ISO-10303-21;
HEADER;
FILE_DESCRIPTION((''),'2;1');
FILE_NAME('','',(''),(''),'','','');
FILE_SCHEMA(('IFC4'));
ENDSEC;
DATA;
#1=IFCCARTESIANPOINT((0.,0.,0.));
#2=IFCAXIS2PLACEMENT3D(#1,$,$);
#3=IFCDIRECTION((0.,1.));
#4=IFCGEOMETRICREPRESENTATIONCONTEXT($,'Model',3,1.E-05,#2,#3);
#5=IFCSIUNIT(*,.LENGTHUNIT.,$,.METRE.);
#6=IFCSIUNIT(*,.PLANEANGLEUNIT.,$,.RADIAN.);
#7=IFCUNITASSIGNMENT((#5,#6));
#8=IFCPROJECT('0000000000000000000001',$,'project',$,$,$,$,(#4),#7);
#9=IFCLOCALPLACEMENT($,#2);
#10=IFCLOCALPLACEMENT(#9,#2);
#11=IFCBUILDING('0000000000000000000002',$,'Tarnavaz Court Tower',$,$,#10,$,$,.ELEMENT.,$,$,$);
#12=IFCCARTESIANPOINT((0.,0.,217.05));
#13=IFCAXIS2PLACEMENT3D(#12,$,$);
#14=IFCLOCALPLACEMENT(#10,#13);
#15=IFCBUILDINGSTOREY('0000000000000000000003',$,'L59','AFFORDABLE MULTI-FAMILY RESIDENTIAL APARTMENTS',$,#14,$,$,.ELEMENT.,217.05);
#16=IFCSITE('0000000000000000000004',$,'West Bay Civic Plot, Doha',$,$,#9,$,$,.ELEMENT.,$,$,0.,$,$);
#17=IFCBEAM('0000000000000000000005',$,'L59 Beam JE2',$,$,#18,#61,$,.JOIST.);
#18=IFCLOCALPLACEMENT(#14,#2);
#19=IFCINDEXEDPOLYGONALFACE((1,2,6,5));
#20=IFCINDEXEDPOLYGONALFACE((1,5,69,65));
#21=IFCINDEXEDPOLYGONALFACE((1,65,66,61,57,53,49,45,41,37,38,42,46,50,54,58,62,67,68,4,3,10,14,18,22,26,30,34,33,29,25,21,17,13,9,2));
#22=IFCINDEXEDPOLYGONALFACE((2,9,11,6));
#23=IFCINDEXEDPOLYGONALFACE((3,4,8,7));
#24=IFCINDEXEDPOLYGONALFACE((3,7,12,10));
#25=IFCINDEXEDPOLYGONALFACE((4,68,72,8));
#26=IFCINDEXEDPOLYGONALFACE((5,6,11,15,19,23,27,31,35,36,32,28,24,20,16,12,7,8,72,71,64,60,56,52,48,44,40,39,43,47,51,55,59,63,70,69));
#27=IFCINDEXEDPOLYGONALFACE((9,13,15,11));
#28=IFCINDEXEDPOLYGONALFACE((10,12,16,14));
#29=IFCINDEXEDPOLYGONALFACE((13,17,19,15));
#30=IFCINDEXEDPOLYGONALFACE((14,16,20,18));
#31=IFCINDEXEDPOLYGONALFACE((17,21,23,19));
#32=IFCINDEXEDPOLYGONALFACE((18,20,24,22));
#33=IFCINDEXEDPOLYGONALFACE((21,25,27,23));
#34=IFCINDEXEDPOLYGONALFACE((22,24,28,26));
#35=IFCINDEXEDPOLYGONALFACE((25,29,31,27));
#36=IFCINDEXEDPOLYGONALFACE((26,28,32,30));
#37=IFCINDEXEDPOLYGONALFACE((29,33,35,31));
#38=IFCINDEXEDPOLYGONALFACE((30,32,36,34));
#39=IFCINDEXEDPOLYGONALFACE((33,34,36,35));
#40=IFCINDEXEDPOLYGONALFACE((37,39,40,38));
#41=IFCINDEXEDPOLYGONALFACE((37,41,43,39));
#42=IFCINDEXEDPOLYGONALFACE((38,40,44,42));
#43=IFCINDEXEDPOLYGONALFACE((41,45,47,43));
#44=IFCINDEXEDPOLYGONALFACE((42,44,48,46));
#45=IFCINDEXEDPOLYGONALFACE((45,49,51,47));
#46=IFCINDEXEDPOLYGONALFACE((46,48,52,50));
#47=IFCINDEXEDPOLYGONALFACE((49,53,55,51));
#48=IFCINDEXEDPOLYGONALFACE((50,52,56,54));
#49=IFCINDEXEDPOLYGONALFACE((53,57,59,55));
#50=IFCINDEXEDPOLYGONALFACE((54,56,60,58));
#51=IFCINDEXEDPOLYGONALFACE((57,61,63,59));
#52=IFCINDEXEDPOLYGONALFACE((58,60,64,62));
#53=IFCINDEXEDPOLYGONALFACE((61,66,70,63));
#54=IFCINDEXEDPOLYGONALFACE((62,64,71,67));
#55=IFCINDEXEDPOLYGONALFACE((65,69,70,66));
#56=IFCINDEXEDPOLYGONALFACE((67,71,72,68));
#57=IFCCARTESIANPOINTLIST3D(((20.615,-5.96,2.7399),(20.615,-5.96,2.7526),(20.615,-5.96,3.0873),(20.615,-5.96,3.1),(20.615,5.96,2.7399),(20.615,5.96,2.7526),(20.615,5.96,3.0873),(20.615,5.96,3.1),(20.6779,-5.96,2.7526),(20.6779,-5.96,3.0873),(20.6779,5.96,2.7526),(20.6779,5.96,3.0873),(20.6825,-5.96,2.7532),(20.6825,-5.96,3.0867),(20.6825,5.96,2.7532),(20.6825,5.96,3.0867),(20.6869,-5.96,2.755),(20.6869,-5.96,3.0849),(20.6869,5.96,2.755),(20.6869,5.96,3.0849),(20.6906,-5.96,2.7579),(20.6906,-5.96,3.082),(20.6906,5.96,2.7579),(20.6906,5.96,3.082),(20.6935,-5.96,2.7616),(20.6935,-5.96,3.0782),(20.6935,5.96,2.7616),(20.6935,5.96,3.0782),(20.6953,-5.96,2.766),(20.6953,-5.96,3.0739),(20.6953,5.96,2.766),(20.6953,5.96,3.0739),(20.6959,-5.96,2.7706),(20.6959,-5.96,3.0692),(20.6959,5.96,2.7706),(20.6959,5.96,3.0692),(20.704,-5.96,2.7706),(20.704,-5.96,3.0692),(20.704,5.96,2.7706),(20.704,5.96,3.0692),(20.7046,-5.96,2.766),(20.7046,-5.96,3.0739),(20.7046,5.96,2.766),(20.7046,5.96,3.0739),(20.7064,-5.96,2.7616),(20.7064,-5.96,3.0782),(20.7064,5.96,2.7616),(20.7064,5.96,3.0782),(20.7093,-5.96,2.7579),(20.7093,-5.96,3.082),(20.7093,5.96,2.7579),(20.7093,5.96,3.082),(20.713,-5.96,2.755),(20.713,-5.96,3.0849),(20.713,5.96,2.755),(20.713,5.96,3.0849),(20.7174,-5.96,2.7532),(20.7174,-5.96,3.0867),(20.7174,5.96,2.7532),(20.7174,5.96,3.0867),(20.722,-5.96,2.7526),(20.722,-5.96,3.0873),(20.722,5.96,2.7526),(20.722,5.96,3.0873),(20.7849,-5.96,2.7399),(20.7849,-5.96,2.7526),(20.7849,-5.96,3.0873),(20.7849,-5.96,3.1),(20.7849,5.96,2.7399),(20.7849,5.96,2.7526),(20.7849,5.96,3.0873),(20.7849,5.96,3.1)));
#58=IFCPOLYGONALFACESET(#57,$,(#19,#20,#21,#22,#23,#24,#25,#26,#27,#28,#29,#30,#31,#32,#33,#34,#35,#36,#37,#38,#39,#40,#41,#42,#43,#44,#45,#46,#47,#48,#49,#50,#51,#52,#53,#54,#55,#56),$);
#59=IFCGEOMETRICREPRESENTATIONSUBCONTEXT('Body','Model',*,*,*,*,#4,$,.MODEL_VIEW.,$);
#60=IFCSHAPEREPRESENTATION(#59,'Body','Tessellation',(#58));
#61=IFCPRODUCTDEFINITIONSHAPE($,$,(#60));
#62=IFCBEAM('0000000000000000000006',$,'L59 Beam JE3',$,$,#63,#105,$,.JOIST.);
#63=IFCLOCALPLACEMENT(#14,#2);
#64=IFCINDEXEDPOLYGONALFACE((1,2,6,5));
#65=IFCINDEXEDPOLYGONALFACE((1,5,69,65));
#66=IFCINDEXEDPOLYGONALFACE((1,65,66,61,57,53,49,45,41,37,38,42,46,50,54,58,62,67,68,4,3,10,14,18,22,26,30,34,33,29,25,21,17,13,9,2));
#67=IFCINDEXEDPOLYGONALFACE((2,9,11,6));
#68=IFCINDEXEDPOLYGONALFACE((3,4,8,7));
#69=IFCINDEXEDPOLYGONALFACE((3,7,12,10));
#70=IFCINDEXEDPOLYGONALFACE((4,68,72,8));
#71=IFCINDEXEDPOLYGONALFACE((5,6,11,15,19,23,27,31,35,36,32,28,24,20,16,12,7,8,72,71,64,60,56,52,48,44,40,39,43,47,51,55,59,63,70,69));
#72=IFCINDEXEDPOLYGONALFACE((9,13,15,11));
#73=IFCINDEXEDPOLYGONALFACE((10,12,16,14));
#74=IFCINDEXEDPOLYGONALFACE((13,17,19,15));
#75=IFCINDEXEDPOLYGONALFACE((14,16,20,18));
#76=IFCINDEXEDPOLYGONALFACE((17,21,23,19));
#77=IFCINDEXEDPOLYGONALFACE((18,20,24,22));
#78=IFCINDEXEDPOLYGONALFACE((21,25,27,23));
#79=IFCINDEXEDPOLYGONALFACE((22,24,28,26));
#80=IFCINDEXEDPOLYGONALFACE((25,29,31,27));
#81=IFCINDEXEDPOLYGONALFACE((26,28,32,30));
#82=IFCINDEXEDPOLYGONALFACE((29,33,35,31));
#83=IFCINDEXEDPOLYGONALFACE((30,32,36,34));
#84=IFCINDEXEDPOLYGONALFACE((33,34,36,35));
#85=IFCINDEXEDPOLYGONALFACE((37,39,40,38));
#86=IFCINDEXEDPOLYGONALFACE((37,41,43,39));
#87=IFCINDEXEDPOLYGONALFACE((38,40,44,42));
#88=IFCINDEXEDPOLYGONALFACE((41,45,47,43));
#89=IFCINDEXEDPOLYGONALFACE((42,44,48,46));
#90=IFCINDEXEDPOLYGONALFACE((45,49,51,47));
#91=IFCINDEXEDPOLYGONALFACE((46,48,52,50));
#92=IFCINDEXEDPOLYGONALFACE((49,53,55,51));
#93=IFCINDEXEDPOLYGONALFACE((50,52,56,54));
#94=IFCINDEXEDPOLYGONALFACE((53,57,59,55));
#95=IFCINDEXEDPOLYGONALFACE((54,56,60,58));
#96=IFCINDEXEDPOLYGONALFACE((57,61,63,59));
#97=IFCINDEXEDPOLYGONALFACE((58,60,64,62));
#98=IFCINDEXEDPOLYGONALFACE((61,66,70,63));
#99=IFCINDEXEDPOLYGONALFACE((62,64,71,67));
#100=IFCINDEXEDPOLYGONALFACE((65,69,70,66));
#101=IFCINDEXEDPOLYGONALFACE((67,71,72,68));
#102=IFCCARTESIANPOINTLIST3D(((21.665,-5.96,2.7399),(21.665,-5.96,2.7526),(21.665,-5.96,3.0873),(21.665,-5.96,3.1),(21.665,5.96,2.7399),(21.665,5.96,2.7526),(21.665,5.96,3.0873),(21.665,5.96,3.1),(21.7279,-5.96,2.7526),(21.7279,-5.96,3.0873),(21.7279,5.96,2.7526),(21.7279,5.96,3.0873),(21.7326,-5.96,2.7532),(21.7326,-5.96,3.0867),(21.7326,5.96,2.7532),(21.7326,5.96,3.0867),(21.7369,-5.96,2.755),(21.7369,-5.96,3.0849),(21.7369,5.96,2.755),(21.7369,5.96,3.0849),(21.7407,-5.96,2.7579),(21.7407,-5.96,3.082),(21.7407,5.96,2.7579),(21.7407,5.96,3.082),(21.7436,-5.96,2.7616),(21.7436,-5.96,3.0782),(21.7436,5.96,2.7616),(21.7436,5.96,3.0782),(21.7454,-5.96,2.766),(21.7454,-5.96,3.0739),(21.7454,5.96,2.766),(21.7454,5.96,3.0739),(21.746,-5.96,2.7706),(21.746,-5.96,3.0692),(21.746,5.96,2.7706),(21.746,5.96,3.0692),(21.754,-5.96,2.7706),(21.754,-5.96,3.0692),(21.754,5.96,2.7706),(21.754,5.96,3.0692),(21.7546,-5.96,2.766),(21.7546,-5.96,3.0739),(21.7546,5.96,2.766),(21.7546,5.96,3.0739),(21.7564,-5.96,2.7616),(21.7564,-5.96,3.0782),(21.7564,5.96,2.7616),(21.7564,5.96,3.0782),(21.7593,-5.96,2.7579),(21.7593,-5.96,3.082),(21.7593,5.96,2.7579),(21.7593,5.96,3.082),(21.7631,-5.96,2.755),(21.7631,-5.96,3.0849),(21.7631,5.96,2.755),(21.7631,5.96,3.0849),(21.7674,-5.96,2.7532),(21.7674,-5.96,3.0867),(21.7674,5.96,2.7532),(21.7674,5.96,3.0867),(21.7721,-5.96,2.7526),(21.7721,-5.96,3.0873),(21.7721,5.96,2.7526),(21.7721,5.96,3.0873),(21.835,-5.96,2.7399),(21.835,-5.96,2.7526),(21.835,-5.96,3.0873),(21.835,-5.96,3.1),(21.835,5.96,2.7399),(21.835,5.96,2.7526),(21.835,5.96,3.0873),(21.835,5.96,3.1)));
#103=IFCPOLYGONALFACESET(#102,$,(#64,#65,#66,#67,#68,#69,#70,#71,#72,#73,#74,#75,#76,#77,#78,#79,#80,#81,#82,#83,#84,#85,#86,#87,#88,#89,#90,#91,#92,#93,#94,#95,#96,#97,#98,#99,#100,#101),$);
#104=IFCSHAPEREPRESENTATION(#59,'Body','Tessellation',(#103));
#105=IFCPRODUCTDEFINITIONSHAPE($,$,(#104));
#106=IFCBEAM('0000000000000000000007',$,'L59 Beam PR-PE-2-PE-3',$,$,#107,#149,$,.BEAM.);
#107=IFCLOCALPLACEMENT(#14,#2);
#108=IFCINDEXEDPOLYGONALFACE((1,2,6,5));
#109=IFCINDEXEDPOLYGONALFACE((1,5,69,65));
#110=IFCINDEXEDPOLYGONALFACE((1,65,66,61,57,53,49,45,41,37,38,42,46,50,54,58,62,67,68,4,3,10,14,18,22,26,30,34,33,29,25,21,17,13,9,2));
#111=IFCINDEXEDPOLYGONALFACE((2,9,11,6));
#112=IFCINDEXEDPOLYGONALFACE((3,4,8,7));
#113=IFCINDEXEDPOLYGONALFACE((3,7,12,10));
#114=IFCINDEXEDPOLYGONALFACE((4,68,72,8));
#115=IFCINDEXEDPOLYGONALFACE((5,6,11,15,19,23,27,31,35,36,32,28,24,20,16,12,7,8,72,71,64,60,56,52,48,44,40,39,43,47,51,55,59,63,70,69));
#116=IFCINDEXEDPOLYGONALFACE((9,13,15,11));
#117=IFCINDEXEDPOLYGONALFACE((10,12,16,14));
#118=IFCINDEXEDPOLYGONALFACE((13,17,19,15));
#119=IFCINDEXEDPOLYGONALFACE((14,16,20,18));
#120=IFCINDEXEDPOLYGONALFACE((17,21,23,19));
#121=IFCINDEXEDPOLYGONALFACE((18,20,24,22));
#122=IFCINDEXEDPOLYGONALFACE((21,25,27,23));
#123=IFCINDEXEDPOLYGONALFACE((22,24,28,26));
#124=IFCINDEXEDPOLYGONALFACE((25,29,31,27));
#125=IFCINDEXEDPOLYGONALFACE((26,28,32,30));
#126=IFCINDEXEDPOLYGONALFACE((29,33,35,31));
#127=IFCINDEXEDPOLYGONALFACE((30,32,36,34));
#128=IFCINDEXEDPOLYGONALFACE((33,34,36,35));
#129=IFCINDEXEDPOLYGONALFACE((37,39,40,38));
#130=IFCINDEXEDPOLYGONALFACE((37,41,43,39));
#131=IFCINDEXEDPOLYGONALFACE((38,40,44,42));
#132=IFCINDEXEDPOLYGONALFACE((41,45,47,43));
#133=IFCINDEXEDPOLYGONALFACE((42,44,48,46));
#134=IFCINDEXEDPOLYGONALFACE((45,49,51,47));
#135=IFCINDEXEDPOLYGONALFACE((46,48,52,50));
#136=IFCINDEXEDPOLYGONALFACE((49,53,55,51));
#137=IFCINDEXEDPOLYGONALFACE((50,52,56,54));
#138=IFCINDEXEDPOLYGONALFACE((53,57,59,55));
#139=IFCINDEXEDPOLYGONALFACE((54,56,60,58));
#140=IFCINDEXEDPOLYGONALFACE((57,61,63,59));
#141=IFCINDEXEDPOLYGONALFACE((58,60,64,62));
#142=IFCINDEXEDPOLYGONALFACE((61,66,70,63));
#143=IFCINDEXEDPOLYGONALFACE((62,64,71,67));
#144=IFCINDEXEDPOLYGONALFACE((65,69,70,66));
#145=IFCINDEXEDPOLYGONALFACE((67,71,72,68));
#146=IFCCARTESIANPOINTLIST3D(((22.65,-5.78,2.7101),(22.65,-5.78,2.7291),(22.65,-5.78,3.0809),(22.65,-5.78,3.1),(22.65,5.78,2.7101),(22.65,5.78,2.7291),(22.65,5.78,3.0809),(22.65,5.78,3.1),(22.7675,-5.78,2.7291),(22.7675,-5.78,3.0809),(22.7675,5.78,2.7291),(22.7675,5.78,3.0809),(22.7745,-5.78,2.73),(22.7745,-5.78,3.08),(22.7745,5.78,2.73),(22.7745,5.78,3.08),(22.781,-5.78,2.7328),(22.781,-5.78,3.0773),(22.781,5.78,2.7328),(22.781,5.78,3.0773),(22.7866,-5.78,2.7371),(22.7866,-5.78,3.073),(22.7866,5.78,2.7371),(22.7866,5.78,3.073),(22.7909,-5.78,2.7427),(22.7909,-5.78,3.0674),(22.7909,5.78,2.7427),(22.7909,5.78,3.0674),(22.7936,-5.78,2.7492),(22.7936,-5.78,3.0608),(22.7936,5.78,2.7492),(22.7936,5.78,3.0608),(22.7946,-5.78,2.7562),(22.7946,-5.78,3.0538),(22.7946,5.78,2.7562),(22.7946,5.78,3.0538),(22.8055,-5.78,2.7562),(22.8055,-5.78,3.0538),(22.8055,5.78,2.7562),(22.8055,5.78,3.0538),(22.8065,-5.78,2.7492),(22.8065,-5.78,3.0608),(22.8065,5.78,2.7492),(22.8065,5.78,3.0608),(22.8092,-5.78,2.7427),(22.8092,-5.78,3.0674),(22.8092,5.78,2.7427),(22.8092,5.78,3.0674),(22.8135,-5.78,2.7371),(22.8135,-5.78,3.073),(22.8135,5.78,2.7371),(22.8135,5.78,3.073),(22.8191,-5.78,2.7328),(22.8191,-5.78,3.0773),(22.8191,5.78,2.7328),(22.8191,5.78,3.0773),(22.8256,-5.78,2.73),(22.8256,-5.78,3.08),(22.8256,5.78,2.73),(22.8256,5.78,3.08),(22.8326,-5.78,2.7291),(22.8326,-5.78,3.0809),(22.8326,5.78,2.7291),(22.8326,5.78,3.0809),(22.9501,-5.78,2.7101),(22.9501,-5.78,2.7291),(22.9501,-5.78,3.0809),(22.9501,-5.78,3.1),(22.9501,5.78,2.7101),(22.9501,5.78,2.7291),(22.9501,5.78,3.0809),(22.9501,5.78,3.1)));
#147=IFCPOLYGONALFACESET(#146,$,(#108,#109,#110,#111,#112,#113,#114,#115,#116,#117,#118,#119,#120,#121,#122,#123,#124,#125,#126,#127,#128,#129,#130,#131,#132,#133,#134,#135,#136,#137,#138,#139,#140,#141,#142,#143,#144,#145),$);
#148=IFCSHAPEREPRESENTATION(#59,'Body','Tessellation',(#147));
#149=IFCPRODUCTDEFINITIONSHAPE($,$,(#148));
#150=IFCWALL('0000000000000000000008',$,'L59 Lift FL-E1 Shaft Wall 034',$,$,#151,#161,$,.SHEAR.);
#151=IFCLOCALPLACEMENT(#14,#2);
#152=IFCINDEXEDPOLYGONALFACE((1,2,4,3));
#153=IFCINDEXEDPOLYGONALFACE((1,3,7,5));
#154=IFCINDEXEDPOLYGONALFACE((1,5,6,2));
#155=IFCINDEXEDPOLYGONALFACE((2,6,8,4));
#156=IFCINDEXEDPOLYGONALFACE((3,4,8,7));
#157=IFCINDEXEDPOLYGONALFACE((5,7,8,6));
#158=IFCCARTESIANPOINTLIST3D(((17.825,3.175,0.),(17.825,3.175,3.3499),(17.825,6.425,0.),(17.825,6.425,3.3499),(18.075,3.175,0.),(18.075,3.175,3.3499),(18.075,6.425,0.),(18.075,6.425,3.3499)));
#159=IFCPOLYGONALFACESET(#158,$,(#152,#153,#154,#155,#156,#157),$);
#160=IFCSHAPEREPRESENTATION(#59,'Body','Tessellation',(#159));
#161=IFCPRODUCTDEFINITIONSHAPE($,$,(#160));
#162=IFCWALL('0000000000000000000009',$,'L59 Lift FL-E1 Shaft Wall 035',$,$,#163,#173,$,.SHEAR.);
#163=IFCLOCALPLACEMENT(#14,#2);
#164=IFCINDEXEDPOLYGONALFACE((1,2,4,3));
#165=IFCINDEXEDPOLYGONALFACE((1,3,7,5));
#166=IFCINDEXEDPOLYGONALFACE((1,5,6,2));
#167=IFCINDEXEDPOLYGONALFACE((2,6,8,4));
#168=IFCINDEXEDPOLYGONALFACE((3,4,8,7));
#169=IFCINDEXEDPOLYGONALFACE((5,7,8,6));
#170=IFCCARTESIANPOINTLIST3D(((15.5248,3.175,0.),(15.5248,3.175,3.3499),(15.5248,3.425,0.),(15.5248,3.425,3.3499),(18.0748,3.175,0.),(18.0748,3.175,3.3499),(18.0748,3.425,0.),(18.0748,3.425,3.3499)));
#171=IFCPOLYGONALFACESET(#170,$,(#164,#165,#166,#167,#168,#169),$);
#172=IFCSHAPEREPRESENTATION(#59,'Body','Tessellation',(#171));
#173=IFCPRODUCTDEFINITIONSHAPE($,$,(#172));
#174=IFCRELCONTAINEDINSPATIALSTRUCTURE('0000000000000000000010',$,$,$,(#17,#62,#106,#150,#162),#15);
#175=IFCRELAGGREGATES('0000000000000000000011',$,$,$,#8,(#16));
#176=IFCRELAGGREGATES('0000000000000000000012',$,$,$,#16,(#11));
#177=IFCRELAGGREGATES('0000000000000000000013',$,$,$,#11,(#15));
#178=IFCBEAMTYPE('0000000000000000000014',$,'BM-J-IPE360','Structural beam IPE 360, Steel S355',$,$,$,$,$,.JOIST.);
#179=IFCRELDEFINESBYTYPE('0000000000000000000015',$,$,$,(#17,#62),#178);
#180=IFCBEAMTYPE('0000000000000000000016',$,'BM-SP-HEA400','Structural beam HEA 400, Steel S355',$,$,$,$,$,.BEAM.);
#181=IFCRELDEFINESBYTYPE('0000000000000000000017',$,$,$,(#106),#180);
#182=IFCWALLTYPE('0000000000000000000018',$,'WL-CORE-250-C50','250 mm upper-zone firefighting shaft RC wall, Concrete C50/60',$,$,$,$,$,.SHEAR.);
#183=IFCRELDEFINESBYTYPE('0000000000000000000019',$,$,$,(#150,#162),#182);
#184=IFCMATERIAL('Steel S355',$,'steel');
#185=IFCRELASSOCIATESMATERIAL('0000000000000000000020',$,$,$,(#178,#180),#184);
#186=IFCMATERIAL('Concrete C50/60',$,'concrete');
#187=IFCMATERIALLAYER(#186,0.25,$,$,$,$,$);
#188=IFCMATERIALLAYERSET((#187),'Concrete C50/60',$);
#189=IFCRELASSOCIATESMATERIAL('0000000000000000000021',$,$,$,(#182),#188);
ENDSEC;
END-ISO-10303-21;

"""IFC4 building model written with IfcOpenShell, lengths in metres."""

from ifc_helpers import new_model, si_unit, direction, frame, frame_2d, origin, origin_2d, place, context, subcontext, project, spatial, rectangle, i_section, extrude, material, layer, layer_set, material_profile, profile_set, type_object, element, save


model = new_model("IFC4")

# Units and contexts
model_context = context("Model", 3, precision=1e-05, world=origin(), true_north=direction((0.0, 1.0)))
body_context = subcontext(model_context, "Body", "Model", "MODEL_VIEW")
ifc_project = project(units=[si_unit("LENGTHUNIT", "METRE"), si_unit("PLANEANGLEUNIT", "RADIAN")], contexts=[model_context])

# Site, building, storey
site_placement = place(None, origin())
site = spatial("IfcSite", under=ifc_project, at=site_placement, Name="West Bay Civic Plot, Doha", CompositionType="ELEMENT", RefElevation=0.0)
building_placement = place(site_placement, origin())
building = spatial("IfcBuilding", under=site, at=building_placement, Name="Tarnavaz Court Tower", CompositionType="ELEMENT")
storey_placement = place(building_placement, frame((0.0, 0.0, 217.05)))
storey = spatial("IfcBuildingStorey", under=building, at=storey_placement, Name="L59", Description="AFFORDABLE MULTI-FAMILY RESIDENTIAL APARTMENTS", CompositionType="ELEMENT", Elevation=217.05)

# Shared definitions
ifc_material_1 = material(Name="Concrete C50/60", Category="concrete")

# Beams
ifc_material_2 = material(Name="Steel S355", Category="steel")
ifc_material_profile_1 = material_profile(ifc_material_2, i_section(OverallWidth=0.1699, OverallDepth=0.3601, WebThickness=0.0081, FlangeThickness=0.0127, FilletRadius=0.0181, at=origin_2d()), Name="IPE 360")
ifc_profile_set_1 = profile_set([ifc_material_profile_1], Name="Steel S355")
beam_type_1 = type_object("IfcBeamType", Name="BM-J-IPE360", Description="Structural beam IPE 360, Steel S355", PredefinedType="JOIST", material=ifc_profile_set_1)
for number, where, z_axis, x_axis, name in (
    (1, (20.7, -5.96, 2.9199), (0.0, 1.0, 0.0), (-1.0, 0.0, 0.0), "L59 Beam JE2"),
    (2, (21.75, -5.96, 2.9199), (0.0, 1.0, 0.0), (-1.0, 0.0, 0.0), "L59 Beam JE3"),
):
    element("IfcBeam", number, at=place(storey_placement, frame(where, z_axis=z_axis, x_axis=x_axis)), inside=storey, type_object=beam_type_1, Name=name, PredefinedType="JOIST", context=body_context, shape_type="SweptSolid", body=[
        extrude(i_section(OverallWidth=0.1699, OverallDepth=0.3601, WebThickness=0.0081, FlangeThickness=0.0127, FilletRadius=0.0181, at=origin_2d()), origin(), (0.0, 0.0, 1.0), 11.9199),
    ])
ifc_material_profile_2 = material_profile(ifc_material_2, i_section(OverallWidth=0.3, OverallDepth=0.3899, WebThickness=0.011, FlangeThickness=0.019, FilletRadius=0.0271, at=origin_2d()), Name="HEA 400")
ifc_profile_set_2 = profile_set([ifc_material_profile_2], Name="Steel S355")
beam_type_2 = type_object("IfcBeamType", Name="BM-SP-HEA400", Description="Structural beam HEA 400, Steel S355", PredefinedType="BEAM", material=ifc_profile_set_2)
beam_1_placement = place(storey_placement, frame((22.8, -5.78, 2.905), z_axis=(0.0, 1.0, 0.0), x_axis=(-1.0, 0.0, 0.0)))
element("IfcBeam", 3, at=beam_1_placement, inside=storey, type_object=beam_type_2, Name="L59 Beam PR-PE-2-PE-3", PredefinedType="BEAM", context=body_context, shape_type="SweptSolid", body=[
    extrude(i_section(OverallWidth=0.3, OverallDepth=0.3899, WebThickness=0.011, FlangeThickness=0.019, FilletRadius=0.0271, at=origin_2d()), origin(), (0.0, 0.0, 1.0), 11.5601),
])

# Shared definitions
ifc_layer_1 = layer(ifc_material_1, 0.25)
ifc_layer_set_1 = layer_set([ifc_layer_1], Name="Concrete C50/60")
wall_type_1 = type_object("IfcWallType", Name="WL-CORE-250-C50", Description="250 mm upper-zone firefighting shaft RC wall, Concrete C50/60", PredefinedType="SHEAR", material=ifc_layer_set_1)

# Walls
wall_1_placement = place(storey_placement, frame((17.95, 3.175, 0.0), z_axis=(0.0, 0.0, 1.0), x_axis=(0.0, 1.0, 0.0)))
element("IfcWall", 4, at=wall_1_placement, inside=storey, type_object=wall_type_1, Name="L59 Lift FL-E1 Shaft Wall 034", PredefinedType="SHEAR", context=body_context, shape_type="SweptSolid", body=[
    extrude(rectangle(XDim=3.25, YDim=0.25, at=frame_2d((1.625, 0.0))), origin(), (0.0, 0.0, 1.0), 3.3499),
])
wall_2_placement = place(storey_placement, frame((15.5249, 3.3, 0.0), z_axis=(0.0, 0.0, 1.0), x_axis=(1.0, 0.0, 0.0)))
element("IfcWall", 5, at=wall_2_placement, inside=storey, type_object=wall_type_1, Name="L59 Lift FL-E1 Shaft Wall 035", PredefinedType="SHEAR", context=body_context, shape_type="SweptSolid", body=[
    extrude(rectangle(XDim=2.55, YDim=0.25, at=frame_2d((1.2749, 0.0))), origin(), (0.0, 0.0, 1.0), 3.3499),
])

save(model, "model.ifc")
